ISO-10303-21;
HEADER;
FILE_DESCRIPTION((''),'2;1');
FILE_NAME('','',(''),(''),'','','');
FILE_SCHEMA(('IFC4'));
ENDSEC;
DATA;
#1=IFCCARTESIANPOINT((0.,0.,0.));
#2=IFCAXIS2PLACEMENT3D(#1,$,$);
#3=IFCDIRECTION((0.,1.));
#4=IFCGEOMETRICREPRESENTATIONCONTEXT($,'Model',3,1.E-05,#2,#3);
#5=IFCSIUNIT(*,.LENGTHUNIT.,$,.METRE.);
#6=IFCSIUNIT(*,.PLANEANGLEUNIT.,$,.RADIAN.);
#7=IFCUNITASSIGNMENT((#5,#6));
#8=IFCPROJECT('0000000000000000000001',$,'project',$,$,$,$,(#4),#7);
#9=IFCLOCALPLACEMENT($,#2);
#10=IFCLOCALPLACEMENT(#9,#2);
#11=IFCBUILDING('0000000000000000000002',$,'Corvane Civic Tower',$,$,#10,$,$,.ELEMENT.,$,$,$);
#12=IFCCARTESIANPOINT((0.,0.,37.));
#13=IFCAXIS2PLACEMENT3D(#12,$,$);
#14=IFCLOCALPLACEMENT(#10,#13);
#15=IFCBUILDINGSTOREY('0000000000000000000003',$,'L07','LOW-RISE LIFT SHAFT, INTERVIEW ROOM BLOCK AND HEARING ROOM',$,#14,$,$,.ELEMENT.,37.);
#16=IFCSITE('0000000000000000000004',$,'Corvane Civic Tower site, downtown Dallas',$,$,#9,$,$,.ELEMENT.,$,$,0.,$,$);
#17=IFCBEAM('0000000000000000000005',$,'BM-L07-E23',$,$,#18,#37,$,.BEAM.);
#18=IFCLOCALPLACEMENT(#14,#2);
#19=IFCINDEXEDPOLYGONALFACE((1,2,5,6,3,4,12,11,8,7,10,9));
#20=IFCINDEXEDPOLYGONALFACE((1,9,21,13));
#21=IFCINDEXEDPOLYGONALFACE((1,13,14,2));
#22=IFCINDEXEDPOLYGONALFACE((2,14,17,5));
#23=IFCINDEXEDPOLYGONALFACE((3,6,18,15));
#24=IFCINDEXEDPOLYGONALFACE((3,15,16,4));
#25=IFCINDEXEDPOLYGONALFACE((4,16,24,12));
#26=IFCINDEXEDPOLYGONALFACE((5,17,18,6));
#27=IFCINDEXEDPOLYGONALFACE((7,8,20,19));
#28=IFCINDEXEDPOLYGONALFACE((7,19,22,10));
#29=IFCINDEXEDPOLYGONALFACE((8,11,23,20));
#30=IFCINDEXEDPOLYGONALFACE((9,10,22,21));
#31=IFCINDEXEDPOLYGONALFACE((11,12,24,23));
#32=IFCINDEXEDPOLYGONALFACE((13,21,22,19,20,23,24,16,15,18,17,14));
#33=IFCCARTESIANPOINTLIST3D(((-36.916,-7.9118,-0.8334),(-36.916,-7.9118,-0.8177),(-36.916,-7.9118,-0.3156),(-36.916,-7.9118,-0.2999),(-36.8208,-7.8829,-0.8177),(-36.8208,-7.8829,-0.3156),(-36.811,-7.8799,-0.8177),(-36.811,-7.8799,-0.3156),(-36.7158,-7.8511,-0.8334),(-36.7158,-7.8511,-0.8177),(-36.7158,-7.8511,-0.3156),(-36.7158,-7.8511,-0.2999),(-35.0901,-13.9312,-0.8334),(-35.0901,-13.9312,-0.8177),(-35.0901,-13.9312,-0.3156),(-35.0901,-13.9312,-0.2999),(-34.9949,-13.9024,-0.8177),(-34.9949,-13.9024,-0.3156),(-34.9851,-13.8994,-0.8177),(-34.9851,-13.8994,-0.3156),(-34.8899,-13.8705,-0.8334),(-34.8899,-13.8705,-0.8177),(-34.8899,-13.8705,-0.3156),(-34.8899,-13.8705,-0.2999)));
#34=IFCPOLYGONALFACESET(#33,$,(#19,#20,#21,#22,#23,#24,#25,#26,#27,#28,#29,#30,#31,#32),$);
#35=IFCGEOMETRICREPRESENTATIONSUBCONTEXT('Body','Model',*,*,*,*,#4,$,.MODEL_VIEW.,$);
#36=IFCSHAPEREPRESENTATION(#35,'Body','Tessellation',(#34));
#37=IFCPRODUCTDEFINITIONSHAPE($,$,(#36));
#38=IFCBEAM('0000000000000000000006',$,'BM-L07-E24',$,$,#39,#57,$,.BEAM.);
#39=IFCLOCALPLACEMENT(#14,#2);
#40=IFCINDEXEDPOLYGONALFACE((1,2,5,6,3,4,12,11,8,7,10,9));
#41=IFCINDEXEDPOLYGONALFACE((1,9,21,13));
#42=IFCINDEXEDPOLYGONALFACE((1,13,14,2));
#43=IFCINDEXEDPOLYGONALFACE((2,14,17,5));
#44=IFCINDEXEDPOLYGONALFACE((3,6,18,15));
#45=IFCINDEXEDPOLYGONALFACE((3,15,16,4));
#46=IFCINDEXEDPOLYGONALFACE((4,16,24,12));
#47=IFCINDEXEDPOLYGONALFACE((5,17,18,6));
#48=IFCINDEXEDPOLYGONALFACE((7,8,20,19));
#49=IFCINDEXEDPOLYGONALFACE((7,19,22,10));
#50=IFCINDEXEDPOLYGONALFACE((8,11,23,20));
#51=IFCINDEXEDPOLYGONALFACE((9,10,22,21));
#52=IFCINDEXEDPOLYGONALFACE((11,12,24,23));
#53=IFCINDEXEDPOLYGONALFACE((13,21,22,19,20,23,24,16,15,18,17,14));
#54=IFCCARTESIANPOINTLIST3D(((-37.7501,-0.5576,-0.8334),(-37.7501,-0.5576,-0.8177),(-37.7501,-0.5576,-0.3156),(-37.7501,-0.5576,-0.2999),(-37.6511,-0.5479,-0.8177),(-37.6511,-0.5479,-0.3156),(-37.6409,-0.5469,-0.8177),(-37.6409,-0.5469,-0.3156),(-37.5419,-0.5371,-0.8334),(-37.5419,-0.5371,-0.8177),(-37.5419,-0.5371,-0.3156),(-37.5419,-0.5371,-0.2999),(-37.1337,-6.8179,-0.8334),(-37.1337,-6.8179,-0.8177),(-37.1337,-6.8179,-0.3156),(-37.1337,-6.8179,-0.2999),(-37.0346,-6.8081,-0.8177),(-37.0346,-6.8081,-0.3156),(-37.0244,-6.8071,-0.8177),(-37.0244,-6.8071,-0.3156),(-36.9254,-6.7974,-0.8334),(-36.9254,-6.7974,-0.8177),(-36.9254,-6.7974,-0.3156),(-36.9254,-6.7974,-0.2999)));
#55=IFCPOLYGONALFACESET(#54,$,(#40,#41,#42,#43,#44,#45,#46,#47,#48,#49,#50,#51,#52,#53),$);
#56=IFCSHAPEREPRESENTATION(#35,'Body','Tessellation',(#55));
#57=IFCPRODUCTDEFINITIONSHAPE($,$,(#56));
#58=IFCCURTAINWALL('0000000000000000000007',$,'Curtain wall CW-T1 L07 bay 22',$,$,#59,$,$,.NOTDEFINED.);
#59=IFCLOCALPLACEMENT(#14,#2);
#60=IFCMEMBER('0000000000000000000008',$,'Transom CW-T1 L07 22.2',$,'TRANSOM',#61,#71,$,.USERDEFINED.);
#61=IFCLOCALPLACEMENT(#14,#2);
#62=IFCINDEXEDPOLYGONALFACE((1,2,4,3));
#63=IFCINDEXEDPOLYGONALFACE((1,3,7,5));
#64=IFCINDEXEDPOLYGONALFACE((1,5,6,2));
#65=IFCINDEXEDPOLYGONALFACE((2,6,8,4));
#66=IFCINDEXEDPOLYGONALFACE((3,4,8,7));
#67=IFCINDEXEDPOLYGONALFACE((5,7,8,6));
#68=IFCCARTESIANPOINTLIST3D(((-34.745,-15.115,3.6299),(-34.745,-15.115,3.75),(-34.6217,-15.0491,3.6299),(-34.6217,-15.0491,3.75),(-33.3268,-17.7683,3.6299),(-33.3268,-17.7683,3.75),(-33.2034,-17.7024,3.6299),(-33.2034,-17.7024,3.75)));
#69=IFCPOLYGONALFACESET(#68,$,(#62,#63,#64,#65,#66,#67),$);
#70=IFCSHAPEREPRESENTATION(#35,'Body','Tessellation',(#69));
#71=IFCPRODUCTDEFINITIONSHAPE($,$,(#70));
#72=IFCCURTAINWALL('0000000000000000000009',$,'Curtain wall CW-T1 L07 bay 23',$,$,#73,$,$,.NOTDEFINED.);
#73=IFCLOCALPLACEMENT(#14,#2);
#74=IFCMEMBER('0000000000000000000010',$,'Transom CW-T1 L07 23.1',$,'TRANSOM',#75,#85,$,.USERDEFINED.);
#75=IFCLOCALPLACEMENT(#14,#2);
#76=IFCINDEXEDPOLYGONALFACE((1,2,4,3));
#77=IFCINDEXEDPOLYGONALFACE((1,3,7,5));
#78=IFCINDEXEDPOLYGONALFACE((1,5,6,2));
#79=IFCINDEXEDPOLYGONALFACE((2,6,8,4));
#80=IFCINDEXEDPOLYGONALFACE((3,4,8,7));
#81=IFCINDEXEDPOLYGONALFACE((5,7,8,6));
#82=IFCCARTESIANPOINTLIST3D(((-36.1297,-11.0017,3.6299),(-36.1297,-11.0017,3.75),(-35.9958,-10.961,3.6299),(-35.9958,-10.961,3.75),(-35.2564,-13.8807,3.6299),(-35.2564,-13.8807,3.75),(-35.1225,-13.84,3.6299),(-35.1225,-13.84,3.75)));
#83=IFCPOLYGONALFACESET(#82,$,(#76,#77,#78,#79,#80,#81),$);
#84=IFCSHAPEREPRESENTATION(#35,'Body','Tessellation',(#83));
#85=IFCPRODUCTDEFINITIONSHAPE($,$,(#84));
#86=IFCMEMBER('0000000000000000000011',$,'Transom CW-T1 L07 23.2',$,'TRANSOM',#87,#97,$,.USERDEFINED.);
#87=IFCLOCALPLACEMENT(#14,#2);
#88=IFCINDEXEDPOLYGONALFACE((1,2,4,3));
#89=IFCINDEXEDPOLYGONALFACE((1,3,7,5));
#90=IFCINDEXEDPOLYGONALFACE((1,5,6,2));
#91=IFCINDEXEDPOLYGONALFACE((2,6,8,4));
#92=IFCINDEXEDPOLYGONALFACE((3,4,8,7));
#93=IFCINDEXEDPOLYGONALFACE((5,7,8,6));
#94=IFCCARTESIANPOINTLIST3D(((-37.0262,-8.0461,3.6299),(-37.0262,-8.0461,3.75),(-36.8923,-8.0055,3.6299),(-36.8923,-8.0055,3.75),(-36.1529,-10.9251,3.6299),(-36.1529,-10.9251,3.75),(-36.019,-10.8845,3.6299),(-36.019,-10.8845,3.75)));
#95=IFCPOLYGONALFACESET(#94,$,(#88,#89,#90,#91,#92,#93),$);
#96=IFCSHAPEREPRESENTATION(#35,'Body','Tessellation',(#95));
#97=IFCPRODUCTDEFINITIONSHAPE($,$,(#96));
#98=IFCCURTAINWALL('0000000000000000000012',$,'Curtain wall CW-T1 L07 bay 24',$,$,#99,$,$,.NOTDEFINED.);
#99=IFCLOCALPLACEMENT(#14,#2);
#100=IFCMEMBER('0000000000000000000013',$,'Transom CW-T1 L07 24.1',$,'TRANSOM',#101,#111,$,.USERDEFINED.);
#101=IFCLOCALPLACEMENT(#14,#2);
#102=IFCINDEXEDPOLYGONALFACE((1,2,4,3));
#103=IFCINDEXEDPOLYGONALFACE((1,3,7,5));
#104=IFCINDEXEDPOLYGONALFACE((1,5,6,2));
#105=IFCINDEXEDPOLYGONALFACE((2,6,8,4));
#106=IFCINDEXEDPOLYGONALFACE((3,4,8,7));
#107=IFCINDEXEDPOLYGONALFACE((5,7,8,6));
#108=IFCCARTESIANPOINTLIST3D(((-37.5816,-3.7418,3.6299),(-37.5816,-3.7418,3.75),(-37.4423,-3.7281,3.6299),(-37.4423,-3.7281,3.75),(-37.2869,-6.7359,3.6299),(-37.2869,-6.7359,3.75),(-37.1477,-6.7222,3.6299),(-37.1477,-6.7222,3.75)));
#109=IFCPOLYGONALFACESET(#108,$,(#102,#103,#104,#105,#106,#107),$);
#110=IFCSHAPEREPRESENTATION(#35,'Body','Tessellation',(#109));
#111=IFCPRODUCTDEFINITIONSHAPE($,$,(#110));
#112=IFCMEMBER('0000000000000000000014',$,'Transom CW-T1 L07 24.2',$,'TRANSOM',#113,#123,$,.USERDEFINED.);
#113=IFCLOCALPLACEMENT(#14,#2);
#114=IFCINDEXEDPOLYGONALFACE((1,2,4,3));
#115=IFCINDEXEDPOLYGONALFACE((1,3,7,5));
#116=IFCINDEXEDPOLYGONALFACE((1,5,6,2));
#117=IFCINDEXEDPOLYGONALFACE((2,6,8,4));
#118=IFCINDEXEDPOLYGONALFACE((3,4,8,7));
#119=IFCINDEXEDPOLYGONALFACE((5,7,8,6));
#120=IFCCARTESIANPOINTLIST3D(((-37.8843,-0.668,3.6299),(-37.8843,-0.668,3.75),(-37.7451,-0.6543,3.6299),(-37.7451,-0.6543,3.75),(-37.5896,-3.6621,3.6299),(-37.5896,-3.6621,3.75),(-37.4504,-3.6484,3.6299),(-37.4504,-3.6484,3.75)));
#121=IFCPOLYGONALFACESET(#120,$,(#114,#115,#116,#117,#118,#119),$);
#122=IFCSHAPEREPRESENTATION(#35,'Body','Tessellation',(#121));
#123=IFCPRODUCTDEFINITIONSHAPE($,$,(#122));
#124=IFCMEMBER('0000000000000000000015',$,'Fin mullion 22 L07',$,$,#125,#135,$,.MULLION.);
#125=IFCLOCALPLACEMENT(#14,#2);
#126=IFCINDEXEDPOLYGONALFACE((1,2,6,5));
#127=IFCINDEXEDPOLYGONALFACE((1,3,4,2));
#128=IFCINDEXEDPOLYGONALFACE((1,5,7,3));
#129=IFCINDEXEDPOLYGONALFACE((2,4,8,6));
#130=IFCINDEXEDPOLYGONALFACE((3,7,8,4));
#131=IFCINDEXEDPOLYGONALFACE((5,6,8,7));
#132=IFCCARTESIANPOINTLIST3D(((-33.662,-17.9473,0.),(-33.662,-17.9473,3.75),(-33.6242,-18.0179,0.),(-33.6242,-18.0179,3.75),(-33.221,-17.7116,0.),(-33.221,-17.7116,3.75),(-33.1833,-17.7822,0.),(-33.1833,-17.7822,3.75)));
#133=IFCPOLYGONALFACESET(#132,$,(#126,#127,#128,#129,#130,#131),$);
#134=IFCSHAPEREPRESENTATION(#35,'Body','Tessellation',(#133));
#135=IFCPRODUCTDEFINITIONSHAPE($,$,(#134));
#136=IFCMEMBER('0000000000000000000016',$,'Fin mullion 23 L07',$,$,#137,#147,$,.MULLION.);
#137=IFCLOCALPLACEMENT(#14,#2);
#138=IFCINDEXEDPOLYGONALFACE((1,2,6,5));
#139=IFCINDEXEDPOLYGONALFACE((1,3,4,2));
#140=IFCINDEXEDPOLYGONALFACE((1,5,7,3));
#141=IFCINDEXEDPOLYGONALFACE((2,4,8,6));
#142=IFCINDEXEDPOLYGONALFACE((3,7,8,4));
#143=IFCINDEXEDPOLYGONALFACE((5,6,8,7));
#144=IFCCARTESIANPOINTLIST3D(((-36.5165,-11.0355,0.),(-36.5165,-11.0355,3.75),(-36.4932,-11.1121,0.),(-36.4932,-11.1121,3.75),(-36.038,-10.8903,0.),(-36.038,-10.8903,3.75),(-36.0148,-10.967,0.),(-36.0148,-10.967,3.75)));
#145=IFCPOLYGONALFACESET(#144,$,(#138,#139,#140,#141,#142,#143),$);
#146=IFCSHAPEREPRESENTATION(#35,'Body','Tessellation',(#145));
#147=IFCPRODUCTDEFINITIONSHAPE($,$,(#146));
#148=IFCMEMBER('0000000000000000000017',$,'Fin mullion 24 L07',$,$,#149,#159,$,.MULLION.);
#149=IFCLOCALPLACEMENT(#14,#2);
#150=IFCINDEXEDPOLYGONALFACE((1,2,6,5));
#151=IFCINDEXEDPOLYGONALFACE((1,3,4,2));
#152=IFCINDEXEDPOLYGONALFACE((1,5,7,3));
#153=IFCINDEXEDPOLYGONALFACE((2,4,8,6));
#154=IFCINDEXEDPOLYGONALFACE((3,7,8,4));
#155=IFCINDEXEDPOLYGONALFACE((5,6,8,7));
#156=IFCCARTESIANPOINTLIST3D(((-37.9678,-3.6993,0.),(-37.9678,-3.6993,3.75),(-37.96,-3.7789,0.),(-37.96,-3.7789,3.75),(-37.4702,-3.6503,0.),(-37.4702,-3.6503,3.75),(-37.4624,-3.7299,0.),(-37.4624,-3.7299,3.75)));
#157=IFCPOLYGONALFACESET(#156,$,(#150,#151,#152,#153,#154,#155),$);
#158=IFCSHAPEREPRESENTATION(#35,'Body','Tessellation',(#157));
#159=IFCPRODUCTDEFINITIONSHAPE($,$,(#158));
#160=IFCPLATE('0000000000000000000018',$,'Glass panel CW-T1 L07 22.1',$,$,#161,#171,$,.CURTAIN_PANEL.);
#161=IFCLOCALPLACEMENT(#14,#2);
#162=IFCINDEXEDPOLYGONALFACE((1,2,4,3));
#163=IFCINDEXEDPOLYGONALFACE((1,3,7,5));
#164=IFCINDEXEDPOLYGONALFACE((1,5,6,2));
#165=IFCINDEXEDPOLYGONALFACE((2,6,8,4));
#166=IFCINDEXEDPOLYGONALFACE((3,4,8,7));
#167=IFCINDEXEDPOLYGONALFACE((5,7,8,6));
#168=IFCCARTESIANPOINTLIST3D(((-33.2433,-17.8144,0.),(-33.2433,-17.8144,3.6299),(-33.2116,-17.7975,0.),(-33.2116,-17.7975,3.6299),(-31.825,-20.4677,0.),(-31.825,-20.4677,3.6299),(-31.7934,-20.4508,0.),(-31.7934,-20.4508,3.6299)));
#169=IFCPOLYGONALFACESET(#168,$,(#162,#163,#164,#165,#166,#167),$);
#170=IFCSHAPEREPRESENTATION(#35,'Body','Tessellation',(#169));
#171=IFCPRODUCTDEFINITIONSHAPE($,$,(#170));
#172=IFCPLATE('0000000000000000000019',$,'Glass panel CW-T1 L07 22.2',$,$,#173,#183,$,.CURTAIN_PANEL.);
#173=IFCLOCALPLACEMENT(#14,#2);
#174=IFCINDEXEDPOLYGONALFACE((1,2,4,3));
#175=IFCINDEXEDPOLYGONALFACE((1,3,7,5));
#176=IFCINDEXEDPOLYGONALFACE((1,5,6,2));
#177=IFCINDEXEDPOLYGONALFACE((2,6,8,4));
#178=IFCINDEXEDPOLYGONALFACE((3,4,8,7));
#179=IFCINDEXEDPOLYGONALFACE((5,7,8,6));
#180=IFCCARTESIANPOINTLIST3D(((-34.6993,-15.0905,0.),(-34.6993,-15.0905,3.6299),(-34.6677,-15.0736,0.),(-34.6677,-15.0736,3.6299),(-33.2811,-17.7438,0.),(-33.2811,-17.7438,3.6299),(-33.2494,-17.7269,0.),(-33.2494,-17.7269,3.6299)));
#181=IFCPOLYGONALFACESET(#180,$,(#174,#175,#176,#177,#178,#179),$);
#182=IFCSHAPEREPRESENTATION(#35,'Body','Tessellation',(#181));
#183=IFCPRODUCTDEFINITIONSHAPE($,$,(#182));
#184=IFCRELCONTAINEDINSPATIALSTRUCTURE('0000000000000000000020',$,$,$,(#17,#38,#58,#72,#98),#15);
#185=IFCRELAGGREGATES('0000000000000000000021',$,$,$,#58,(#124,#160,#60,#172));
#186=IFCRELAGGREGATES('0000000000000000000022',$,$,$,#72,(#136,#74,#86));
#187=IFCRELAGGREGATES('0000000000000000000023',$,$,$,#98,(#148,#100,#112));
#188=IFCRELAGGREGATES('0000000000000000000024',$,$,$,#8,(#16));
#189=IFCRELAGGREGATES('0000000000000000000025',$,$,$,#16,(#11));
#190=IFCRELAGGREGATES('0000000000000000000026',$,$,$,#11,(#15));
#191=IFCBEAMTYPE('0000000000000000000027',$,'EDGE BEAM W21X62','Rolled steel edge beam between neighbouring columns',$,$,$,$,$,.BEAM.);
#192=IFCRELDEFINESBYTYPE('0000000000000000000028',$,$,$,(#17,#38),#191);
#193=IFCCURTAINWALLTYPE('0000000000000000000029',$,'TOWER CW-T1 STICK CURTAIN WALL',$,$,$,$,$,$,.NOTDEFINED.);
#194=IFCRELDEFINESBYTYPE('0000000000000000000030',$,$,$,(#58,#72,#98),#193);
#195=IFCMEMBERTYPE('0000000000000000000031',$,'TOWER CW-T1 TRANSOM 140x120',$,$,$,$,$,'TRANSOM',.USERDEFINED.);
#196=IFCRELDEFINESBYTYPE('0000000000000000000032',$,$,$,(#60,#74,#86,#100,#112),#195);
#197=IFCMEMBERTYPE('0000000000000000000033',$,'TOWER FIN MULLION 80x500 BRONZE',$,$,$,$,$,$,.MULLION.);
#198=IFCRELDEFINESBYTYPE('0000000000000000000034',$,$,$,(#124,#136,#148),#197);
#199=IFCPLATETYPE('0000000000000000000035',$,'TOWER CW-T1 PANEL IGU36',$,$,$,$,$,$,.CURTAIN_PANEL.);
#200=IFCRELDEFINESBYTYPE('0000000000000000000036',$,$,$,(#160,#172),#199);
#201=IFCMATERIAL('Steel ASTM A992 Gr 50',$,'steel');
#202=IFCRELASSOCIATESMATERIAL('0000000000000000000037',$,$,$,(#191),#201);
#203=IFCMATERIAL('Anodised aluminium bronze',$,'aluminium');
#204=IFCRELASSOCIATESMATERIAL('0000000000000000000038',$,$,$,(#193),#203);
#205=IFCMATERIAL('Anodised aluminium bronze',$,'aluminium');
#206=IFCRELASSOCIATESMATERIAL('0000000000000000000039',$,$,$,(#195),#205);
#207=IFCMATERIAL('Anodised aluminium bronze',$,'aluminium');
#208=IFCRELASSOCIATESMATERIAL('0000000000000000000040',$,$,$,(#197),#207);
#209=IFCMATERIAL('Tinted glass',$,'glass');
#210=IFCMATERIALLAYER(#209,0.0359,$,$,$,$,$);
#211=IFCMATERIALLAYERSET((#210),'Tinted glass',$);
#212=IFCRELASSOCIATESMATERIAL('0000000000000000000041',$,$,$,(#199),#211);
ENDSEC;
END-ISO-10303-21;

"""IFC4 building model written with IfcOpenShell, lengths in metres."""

from ifc_helpers import new_model, si_unit, direction, frame, origin, origin_2d, place, context, subcontext, project, spatial, rectangle, i_section, extrude, material, layer, layer_set, material_profile, profile_set, type_object, element, aggregate, save


model = new_model("IFC4")

# Units and contexts
model_context = context("Model", 3, precision=1e-05, world=origin(), true_north=direction((0.0, 1.0)))
body_context = subcontext(model_context, "Body", "Model", "MODEL_VIEW")
ifc_project = project(units=[si_unit("LENGTHUNIT", "METRE"), si_unit("PLANEANGLEUNIT", "RADIAN")], contexts=[model_context])

# Site, building, storey
site_placement = place(None, origin())
site = spatial("IfcSite", under=ifc_project, at=site_placement, Name="Corvane Civic Tower site, downtown Dallas", CompositionType="ELEMENT", RefElevation=0.0)
building_placement = place(site_placement, origin())
building = spatial("IfcBuilding", under=site, at=building_placement, Name="Corvane Civic Tower", CompositionType="ELEMENT")
storey_placement = place(building_placement, frame((0.0, 0.0, 37.0)))
storey = spatial("IfcBuildingStorey", under=building, at=storey_placement, Name="L07", Description="LOW-RISE LIFT SHAFT, INTERVIEW ROOM BLOCK AND HEARING ROOM", CompositionType="ELEMENT", Elevation=37.0)

# Beams
ifc_material_1 = material(Name="Steel ASTM A992 Gr 50", Category="steel")
ifc_material_profile_1 = material_profile(ifc_material_1, i_section(OverallWidth=0.2092, OverallDepth=0.5334, WebThickness=0.0103, FlangeThickness=0.0156, at=origin_2d()), Name="W21X62")
ifc_profile_set_1 = profile_set([ifc_material_profile_1], Name="Steel ASTM A992 Gr 50")
beam_type = type_object("IfcBeamType", Name="EDGE BEAM W21X62", Description="Rolled steel edge beam between neighbouring columns", PredefinedType="BEAM", material=ifc_profile_set_1)
beam_1_placement = place(storey_placement, frame((-34.99, -13.9009, -0.5667), z_axis=(-0.290273, 0.956944, 0.0), x_axis=(-0.956944, -0.290273, 0.0)))
element("IfcBeam", 1, at=beam_1_placement, inside=storey, type_object=beam_type, Name="BM-L07-E23", PredefinedType="BEAM", context=body_context, shape_type="SweptSolid", body=[
    extrude(i_section(OverallWidth=0.2092, OverallDepth=0.5334, WebThickness=0.0103, FlangeThickness=0.0156, at=origin_2d()), origin(), (0.0, 0.0, 1.0), 6.2903),
])
beam_2_placement = place(storey_placement, frame((-37.0295, -6.8076, -0.5667), z_axis=(-0.097997, 0.995187, 0.0), x_axis=(-0.995187, -0.097997, 0.0)))
element("IfcBeam", 2, at=beam_2_placement, inside=storey, type_object=beam_type, Name="BM-L07-E24", PredefinedType="BEAM", context=body_context, shape_type="SweptSolid", body=[
    extrude(i_section(OverallWidth=0.2092, OverallDepth=0.5334, WebThickness=0.0103, FlangeThickness=0.0156, at=origin_2d()), origin(), (0.0, 0.0, 1.0), 6.2905),
])

# Curtain wall, member
ifc_material_2 = material(Name="Anodised aluminium bronze", Category="aluminium")
curtain_wall_type = type_object("IfcCurtainWallType", Name="TOWER CW-T1 STICK CURTAIN WALL", PredefinedType="NOTDEFINED", material=ifc_material_2)
curtain_wall_1_placement = place(storey_placement, origin())
curtain_wall_1 = element("IfcCurtainWall", 3, at=curtain_wall_1_placement, inside=storey, type_object=curtain_wall_type, Name="Curtain wall CW-T1 L07 bay 22", PredefinedType="NOTDEFINED")
ifc_material_3 = material(Name="Anodised aluminium bronze", Category="aluminium")
ifc_material_profile_2 = material_profile(ifc_material_3, rectangle(XDim=0.1399, YDim=0.1201, at=origin_2d()), Name="TOWER CW-T1 TRANSOM 140x120")
ifc_profile_set_2 = profile_set([ifc_material_profile_2], Name="Anodised aluminium bronze")
member_type_1 = type_object("IfcMemberType", Name="TOWER CW-T1 TRANSOM 140x120", ElementType="TRANSOM", PredefinedType="USERDEFINED", material=ifc_profile_set_2)
member_1_placement = place(storey_placement, frame((-33.2651, -17.7354, 3.6899), z_axis=(-0.471393, 0.881924, 0.0), x_axis=(-0.881924, -0.471393, 0.0)))
member_1 = element("IfcMember", 4, at=member_1_placement, type_object=member_type_1, Name="Transom CW-T1 L07 22.2", ObjectType="TRANSOM", PredefinedType="USERDEFINED", context=body_context, shape_type="SweptSolid", body=[
    extrude(rectangle(XDim=0.1399, YDim=0.1201, at=origin_2d()), origin(), (0.0, 0.0, 1.0), 3.0085),
])

# Curtain walls, members
curtain_wall_2_placement = place(storey_placement, origin())
curtain_wall_2 = element("IfcCurtainWall", 5, at=curtain_wall_2_placement, inside=storey, type_object=curtain_wall_type, Name="Curtain wall CW-T1 L07 bay 23", PredefinedType="NOTDEFINED")
member_2_placement = place(storey_placement, frame((-35.1895, -13.8604, 3.6899), z_axis=(-0.29028, 0.956942, 0.0), x_axis=(-0.956942, -0.29028, 0.0)))
member_2 = element("IfcMember", 6, at=member_2_placement, type_object=member_type_1, Name="Transom CW-T1 L07 23.1", ObjectType="TRANSOM", PredefinedType="USERDEFINED", context=body_context, shape_type="SweptSolid", body=[
    extrude(rectangle(XDim=0.1399, YDim=0.1201, at=origin_2d()), origin(), (0.0, 0.0, 1.0), 3.0085),
])
member_3_placement = place(storey_placement, frame((-36.0859, -10.9048, 3.6899), z_axis=(-0.29028, 0.956942, 0.0), x_axis=(-0.956942, -0.29028, 0.0)))
member_3 = element("IfcMember", 7, at=member_3_placement, type_object=member_type_1, Name="Transom CW-T1 L07 23.2", ObjectType="TRANSOM", PredefinedType="USERDEFINED", context=body_context, shape_type="SweptSolid", body=[
    extrude(rectangle(XDim=0.1399, YDim=0.1201, at=origin_2d()), origin(), (0.0, 0.0, 1.0), 3.0085),
])
curtain_wall_3_placement = place(storey_placement, origin())
curtain_wall_3 = element("IfcCurtainWall", 8, at=curtain_wall_3_placement, inside=storey, type_object=curtain_wall_type, Name="Curtain wall CW-T1 L07 bay 24", PredefinedType="NOTDEFINED")
member_4_placement = place(storey_placement, frame((-37.2173, -6.729, 3.6899), z_axis=(-0.097945, 0.995192, 0.0), x_axis=(-0.995192, -0.097945, 0.0)))
member_4 = element("IfcMember", 9, at=member_4_placement, type_object=member_type_1, Name="Transom CW-T1 L07 24.1", ObjectType="TRANSOM", PredefinedType="USERDEFINED", context=body_context, shape_type="SweptSolid", body=[
    extrude(rectangle(XDim=0.1399, YDim=0.1201, at=origin_2d()), origin(), (0.0, 0.0, 1.0), 3.0085),
])
member_5_placement = place(storey_placement, frame((-37.52, -3.6553, 3.6899), z_axis=(-0.097945, 0.995192, 0.0), x_axis=(-0.995192, -0.097945, 0.0)))
member_5 = element("IfcMember", 10, at=member_5_placement, type_object=member_type_1, Name="Transom CW-T1 L07 24.2", ObjectType="TRANSOM", PredefinedType="USERDEFINED", context=body_context, shape_type="SweptSolid", body=[
    extrude(rectangle(XDim=0.1399, YDim=0.1201, at=origin_2d()), origin(), (0.0, 0.0, 1.0), 3.0085),
])

# Members
ifc_material_4 = material(Name="Anodised aluminium bronze", Category="aluminium")
ifc_material_profile_3 = material_profile(ifc_material_4, rectangle(XDim=0.0801, YDim=0.5, at=origin_2d()), Name="TOWER FIN MULLION 80x500 BRONZE")
ifc_profile_set_3 = profile_set([ifc_material_profile_3], Name="Anodised aluminium bronze")
member_type_2 = type_object("IfcMemberType", Name="TOWER FIN MULLION 80x500 BRONZE", PredefinedType="MULLION", material=ifc_profile_set_3)
member_6_placement = place(storey_placement, frame((-33.4226, -17.8647, 0.0), z_axis=(0.0, 0.0, 1.0), x_axis=(-0.471404, 0.881918, 0.0)))
member_6 = element("IfcMember", 11, at=member_6_placement, type_object=member_type_2, Name="Fin mullion 22 L07", PredefinedType="MULLION", context=body_context, shape_type="SweptSolid", body=[
    extrude(rectangle(XDim=0.0801, YDim=0.5, at=origin_2d()), origin(), (0.0, 0.0, 1.0), 3.75),
])
member_7_placement = place(storey_placement, frame((-36.2656, -11.0012, 0.0), z_axis=(0.0, 0.0, 1.0), x_axis=(-0.290278, 0.956942, 0.0)))
member_7 = element("IfcMember", 12, at=member_7_placement, type_object=member_type_2, Name="Fin mullion 23 L07", PredefinedType="MULLION", context=body_context, shape_type="SweptSolid", body=[
    extrude(rectangle(XDim=0.0801, YDim=0.5, at=origin_2d()), origin(), (0.0, 0.0, 1.0), 3.75),
])
member_8_placement = place(storey_placement, frame((-37.7151, -3.7146, 0.0), z_axis=(0.0, 0.0, 1.0), x_axis=(-0.098006, 0.995186, 0.0)))
member_8 = element("IfcMember", 13, at=member_8_placement, type_object=member_type_2, Name="Fin mullion 24 L07", PredefinedType="MULLION", context=body_context, shape_type="SweptSolid", body=[
    extrude(rectangle(XDim=0.0801, YDim=0.5, at=origin_2d()), origin(), (0.0, 0.0, 1.0), 3.75),
])

# Plates
ifc_material_5 = material(Name="Tinted glass", Category="glass")
ifc_layer_1 = layer(ifc_material_5, 0.0359)
ifc_layer_set_1 = layer_set([ifc_layer_1], Name="Tinted glass")
plate_type = type_object("IfcPlateType", Name="TOWER CW-T1 PANEL IGU36", PredefinedType="CURTAIN_PANEL", material=ifc_layer_set_1)
plate_1_placement = place(storey_placement, frame((-32.5183, -19.1326, 0.0), z_axis=(0.0, 0.0, 1.0), x_axis=(-0.471404, 0.881918, 0.0)))
plate_1 = element("IfcPlate", 14, at=plate_1_placement, type_object=plate_type, Name="Glass panel CW-T1 L07 22.1", PredefinedType="CURTAIN_PANEL", context=body_context, shape_type="SweptSolid", body=[
    extrude(rectangle(XDim=3.0085, YDim=0.0359, at=origin_2d()), origin(), (0.0, 0.0, 1.0), 3.6299),
])
plate_2_placement = place(storey_placement, frame((-33.9744, -16.4087, 0.0), z_axis=(0.0, 0.0, 1.0), x_axis=(-0.471404, 0.881918, 0.0)))
plate_2 = element("IfcPlate", 15, at=plate_2_placement, type_object=plate_type, Name="Glass panel CW-T1 L07 22.2", PredefinedType="CURTAIN_PANEL", context=body_context, shape_type="SweptSolid", body=[
    extrude(rectangle(XDim=3.0085, YDim=0.0359, at=origin_2d()), origin(), (0.0, 0.0, 1.0), 3.6299),
])
aggregate(curtain_wall_1, [member_6, plate_1, member_1, plate_2])
aggregate(curtain_wall_2, [member_7, member_2, member_3])
aggregate(curtain_wall_3, [member_8, member_4, member_5])

save(model, "model.ifc")
